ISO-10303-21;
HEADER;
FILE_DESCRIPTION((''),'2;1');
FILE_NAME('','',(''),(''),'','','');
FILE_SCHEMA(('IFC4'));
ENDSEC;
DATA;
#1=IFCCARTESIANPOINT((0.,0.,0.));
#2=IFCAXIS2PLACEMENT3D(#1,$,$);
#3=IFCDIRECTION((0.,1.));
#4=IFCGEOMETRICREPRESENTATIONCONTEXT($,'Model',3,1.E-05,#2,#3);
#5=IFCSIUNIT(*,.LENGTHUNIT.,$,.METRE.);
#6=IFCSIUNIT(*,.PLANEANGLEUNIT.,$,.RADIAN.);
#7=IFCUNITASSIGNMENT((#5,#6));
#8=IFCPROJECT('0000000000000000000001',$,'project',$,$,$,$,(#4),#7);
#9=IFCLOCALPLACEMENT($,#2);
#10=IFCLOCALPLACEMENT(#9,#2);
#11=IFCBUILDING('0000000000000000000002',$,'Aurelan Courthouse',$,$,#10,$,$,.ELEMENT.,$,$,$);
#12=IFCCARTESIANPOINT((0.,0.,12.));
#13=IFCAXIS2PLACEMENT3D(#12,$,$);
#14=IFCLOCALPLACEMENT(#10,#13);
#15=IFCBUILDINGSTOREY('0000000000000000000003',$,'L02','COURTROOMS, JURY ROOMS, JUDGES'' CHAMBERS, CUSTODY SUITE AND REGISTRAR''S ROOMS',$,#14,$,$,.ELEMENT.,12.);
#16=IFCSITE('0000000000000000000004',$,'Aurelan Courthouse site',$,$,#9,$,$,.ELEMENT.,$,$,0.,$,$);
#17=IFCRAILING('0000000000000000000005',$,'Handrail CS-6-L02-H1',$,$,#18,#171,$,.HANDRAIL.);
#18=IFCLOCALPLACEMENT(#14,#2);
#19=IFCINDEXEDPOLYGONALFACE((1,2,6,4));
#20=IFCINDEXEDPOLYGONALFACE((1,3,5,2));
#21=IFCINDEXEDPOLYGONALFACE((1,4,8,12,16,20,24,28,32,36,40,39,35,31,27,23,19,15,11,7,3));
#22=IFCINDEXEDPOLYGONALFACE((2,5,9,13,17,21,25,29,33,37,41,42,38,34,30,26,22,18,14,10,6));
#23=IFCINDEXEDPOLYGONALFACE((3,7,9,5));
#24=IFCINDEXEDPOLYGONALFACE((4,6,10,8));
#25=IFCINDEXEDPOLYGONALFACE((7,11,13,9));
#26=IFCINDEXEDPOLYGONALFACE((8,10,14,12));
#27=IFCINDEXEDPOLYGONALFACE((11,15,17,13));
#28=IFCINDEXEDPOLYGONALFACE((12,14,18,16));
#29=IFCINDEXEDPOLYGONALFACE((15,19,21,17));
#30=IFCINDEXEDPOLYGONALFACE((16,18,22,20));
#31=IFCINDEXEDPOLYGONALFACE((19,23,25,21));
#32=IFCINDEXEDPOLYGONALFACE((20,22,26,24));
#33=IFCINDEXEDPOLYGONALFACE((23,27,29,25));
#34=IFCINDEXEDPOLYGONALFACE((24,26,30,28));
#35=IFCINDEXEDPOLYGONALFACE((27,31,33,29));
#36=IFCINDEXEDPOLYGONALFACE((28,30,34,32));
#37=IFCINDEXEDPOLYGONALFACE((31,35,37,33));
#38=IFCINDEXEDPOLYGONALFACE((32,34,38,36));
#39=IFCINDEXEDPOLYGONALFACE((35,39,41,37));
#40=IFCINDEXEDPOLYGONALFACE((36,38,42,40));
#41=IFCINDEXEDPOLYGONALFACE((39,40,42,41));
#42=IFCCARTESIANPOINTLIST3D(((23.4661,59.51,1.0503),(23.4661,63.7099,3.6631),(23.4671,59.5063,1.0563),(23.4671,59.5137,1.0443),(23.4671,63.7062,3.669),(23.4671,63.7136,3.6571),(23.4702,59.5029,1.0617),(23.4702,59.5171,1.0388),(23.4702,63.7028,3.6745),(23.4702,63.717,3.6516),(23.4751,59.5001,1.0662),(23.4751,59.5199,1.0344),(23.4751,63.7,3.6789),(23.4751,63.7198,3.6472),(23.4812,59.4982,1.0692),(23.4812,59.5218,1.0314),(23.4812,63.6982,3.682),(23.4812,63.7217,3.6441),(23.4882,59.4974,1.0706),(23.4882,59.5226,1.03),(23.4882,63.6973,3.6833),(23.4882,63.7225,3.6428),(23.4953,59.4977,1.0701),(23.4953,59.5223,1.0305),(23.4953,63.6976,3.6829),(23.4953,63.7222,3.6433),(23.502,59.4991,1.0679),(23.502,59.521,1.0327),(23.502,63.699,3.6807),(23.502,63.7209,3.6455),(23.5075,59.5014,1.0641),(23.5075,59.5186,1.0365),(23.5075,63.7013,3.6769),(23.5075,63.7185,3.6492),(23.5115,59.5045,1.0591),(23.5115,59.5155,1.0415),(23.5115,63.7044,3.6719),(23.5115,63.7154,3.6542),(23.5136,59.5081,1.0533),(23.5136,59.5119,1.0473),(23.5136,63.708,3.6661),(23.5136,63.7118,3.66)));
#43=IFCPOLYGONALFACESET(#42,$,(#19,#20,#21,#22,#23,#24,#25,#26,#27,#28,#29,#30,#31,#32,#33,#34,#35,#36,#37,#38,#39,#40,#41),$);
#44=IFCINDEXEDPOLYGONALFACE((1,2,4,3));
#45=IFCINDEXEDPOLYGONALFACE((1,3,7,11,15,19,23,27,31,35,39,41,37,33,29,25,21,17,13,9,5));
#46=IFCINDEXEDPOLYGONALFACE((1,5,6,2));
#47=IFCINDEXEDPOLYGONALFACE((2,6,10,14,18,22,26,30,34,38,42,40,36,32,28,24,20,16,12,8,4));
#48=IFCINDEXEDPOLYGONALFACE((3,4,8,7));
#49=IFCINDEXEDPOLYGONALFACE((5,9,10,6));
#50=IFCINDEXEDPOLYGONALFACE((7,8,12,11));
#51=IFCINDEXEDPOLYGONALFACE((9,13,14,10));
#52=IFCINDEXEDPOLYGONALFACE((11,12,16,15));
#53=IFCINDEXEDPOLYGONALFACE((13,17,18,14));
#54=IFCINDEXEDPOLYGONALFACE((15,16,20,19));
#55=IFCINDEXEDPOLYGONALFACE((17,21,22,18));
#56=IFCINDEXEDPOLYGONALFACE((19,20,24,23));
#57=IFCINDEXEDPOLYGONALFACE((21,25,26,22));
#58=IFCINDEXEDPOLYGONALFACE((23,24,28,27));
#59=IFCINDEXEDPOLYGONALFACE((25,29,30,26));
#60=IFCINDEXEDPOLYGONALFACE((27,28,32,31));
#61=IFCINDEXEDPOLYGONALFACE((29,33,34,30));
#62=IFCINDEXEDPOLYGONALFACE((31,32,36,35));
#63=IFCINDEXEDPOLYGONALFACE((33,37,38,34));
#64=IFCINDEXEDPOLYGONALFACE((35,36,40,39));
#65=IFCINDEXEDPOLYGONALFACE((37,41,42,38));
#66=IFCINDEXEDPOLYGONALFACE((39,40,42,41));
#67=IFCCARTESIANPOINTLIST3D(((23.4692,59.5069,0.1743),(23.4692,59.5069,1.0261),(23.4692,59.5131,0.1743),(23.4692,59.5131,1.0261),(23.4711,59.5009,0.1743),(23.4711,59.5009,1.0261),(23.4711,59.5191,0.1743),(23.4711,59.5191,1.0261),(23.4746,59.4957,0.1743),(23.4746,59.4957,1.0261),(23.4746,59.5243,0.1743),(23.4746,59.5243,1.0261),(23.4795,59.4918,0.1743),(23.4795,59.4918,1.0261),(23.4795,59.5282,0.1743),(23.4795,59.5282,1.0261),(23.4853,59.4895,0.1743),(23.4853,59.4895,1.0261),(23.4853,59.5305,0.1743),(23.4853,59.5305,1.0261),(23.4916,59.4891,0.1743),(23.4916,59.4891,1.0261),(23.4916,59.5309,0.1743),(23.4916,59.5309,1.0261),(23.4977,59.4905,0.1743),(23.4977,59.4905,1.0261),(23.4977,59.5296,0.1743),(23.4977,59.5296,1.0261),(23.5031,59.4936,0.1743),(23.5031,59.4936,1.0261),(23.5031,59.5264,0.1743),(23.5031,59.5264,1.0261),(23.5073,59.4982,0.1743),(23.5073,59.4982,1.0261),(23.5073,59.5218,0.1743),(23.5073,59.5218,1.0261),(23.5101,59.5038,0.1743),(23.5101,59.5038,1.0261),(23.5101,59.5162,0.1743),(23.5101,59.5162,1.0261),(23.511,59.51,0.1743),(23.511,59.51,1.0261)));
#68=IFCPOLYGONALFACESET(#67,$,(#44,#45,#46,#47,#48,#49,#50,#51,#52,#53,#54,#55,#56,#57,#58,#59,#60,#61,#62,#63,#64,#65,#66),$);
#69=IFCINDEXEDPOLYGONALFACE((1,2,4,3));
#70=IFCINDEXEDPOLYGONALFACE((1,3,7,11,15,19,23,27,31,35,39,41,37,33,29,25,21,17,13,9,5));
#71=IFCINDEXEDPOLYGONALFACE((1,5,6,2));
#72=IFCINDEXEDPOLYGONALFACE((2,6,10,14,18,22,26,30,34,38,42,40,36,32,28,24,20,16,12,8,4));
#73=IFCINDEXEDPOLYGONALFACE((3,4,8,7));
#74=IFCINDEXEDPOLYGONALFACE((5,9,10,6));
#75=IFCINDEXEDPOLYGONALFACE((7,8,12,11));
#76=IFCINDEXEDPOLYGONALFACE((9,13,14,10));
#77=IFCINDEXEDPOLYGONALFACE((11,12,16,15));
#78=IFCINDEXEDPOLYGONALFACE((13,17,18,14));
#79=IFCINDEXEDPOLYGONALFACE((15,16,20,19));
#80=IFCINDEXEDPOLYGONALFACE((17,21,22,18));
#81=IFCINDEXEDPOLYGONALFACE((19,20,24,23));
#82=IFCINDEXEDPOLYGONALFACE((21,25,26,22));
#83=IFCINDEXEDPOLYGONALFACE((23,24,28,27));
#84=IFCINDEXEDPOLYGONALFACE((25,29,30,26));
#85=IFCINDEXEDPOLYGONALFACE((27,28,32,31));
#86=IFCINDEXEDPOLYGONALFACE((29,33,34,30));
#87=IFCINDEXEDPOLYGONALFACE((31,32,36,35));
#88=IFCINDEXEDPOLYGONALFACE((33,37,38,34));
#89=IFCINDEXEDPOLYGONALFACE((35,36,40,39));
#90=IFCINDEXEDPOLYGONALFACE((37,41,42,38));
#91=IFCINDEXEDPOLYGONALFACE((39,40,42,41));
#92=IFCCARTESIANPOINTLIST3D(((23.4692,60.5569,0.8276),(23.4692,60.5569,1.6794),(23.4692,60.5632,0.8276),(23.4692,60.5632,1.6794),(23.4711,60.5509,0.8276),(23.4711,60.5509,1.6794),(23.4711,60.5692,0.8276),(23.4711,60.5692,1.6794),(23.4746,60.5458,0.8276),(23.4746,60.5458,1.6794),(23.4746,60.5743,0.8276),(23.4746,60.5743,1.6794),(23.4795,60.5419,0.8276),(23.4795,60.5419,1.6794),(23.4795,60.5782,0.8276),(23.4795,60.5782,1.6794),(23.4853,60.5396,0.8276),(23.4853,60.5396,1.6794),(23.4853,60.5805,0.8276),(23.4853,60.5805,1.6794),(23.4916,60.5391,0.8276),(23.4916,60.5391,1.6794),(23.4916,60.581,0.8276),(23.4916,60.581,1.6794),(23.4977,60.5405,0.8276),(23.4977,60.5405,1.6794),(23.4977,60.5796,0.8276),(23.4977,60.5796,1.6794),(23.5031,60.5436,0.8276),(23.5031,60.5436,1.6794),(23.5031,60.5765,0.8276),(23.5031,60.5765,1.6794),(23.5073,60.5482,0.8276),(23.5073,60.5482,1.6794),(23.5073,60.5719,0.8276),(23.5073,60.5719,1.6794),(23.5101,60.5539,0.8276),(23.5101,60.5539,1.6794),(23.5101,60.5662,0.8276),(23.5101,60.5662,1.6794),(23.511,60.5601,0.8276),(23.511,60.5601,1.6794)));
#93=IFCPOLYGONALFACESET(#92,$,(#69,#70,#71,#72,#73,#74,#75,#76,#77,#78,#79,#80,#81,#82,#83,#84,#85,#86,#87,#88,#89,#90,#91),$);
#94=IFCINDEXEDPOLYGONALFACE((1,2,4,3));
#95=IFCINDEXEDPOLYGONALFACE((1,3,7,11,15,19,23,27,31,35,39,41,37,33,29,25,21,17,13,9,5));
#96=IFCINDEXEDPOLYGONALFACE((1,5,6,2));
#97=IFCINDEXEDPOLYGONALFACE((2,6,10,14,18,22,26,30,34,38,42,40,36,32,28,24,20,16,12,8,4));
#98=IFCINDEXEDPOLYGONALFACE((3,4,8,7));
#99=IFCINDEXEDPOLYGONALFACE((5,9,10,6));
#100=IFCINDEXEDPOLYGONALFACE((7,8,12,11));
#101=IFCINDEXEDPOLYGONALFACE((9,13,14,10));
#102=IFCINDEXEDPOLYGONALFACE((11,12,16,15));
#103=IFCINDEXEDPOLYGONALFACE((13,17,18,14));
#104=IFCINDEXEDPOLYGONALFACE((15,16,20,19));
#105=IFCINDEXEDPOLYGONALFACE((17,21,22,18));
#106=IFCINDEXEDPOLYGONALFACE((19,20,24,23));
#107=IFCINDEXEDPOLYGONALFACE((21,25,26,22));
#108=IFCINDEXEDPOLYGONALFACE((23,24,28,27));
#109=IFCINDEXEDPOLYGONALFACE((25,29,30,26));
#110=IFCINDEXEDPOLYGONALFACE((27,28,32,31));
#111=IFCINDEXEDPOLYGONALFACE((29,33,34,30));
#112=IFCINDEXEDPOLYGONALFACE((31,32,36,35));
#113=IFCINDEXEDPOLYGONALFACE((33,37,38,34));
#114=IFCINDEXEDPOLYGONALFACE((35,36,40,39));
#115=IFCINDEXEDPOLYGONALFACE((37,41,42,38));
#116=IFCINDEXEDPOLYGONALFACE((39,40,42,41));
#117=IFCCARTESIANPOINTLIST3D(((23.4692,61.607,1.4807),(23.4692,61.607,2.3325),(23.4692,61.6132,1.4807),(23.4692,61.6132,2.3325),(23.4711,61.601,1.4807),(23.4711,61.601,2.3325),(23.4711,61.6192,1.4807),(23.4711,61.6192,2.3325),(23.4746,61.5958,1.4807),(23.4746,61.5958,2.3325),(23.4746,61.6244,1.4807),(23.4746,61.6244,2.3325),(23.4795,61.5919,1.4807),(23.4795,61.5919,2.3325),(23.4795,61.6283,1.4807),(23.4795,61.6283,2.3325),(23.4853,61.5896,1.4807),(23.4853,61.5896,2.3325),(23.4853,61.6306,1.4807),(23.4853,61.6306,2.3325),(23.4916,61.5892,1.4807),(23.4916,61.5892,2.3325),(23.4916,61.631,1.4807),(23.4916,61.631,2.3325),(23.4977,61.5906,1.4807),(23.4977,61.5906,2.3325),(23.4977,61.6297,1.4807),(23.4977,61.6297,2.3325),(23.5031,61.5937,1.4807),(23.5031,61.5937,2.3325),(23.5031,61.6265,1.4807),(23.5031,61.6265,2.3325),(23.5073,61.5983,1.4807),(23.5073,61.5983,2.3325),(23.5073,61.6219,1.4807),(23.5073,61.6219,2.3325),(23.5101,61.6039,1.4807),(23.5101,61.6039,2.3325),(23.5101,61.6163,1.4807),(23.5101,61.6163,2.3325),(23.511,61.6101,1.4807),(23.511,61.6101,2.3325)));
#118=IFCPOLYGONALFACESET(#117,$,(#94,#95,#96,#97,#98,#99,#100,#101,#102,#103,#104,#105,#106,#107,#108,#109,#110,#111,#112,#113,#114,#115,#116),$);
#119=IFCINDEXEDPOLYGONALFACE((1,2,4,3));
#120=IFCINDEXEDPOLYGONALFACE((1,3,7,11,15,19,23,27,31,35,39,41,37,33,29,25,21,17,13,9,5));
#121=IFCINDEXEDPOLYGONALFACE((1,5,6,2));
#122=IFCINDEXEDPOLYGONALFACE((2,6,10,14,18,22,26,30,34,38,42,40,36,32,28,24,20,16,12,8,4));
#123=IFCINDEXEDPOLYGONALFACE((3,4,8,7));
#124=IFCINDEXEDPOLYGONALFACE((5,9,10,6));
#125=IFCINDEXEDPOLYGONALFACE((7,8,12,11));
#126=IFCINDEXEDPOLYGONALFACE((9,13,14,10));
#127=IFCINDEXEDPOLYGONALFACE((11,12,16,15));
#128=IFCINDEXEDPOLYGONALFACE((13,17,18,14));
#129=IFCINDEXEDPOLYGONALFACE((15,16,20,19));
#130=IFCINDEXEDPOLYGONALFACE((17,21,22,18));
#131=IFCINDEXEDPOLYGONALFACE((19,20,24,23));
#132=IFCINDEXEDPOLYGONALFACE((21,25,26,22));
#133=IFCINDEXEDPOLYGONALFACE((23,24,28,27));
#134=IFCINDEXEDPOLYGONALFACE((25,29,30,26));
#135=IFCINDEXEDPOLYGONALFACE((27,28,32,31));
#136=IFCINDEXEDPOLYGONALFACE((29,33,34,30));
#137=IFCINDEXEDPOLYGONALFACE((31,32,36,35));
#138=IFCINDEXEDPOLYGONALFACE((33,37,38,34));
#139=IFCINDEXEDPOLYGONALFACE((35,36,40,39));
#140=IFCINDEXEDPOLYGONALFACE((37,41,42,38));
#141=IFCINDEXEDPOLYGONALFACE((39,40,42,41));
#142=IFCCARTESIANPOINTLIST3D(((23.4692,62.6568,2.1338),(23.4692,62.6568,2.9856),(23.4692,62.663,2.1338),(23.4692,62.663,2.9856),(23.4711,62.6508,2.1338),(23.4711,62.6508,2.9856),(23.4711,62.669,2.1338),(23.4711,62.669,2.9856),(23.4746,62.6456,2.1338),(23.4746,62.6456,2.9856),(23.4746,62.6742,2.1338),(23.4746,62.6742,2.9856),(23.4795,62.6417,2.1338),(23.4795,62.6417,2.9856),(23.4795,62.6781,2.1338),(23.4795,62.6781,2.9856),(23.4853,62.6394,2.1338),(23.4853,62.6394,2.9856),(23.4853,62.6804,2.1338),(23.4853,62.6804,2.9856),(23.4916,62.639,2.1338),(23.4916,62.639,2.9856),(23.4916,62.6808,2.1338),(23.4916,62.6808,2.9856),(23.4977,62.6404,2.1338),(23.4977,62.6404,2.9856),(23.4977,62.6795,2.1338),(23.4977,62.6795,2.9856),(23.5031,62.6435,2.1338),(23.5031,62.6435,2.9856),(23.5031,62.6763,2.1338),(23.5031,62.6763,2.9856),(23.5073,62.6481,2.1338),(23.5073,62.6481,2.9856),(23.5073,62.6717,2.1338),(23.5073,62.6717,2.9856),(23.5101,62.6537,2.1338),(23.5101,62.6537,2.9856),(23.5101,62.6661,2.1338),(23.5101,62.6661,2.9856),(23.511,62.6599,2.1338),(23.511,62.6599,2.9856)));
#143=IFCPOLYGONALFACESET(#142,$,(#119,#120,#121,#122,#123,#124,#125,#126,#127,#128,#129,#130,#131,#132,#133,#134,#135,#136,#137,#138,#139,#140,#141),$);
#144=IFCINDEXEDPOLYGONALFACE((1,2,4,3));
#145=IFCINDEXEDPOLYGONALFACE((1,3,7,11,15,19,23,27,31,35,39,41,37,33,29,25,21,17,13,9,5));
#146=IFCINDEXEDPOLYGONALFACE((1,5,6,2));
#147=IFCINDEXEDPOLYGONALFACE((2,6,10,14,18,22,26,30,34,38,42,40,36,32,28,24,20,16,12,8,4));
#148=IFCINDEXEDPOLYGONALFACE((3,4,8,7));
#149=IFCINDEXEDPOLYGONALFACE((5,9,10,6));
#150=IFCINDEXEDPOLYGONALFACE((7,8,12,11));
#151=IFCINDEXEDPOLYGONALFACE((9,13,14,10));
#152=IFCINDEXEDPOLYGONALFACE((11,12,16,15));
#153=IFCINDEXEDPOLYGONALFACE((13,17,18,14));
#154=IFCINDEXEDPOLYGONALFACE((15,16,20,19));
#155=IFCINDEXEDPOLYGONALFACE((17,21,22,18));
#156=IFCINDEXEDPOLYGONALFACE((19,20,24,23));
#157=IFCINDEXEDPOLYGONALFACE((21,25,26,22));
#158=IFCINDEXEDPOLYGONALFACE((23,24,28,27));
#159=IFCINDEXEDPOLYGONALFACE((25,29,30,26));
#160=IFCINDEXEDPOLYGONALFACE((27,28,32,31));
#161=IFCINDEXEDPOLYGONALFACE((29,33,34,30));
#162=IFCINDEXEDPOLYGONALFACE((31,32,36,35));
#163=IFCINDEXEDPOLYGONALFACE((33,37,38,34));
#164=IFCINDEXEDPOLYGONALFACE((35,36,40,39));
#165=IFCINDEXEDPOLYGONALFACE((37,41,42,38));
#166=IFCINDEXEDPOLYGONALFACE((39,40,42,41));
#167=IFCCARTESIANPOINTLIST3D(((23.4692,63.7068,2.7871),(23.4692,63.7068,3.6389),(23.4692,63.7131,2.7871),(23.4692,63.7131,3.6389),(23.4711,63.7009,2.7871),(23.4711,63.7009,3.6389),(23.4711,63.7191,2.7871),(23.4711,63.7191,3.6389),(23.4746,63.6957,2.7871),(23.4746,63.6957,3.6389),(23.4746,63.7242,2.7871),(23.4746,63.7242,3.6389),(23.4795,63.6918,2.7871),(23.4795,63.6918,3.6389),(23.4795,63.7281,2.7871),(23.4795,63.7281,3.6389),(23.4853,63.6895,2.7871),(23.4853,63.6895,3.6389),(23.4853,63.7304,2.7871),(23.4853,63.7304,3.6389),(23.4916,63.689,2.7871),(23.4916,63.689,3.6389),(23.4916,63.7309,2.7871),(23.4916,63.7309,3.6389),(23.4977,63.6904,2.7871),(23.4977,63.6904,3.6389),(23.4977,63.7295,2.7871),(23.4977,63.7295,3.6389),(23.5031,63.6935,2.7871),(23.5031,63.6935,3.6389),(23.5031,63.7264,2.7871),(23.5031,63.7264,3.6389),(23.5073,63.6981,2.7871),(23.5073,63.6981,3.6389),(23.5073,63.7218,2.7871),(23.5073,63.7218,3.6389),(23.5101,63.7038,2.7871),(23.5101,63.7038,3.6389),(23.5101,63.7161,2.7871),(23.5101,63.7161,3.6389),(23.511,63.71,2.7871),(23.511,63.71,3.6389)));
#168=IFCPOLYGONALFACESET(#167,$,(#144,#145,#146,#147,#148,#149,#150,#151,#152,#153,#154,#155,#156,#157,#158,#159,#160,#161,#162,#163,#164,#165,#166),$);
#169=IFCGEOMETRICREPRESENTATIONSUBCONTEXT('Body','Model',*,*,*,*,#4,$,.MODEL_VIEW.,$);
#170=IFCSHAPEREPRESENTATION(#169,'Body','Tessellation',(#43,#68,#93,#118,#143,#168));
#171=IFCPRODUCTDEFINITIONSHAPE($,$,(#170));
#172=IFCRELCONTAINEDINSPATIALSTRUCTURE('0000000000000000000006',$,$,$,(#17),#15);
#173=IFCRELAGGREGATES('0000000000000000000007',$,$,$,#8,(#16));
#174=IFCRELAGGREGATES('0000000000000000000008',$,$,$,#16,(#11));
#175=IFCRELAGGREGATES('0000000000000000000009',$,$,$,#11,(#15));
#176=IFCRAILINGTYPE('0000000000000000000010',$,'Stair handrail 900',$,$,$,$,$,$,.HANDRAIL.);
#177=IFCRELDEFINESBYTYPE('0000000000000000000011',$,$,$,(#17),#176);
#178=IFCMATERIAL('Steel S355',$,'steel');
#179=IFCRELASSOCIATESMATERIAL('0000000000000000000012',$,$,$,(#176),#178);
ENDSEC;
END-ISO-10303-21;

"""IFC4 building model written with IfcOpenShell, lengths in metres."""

from ifc_helpers import new_model, si_unit, direction, frame, origin, origin_2d, place, context, subcontext, project, spatial, circle, extrude, material, type_object, element, save


model = new_model("IFC4")

# Units and contexts
model_context = context("Model", 3, precision=1e-05, world=origin(), true_north=direction((0.0, 1.0)))
body_context = subcontext(model_context, "Body", "Model", "MODEL_VIEW")
ifc_project = project(units=[si_unit("LENGTHUNIT", "METRE"), si_unit("PLANEANGLEUNIT", "RADIAN")], contexts=[model_context])

# Site, building, storey
site_placement = place(None, origin())
site = spatial("IfcSite", under=ifc_project, at=site_placement, Name="Aurelan Courthouse site", CompositionType="ELEMENT", RefElevation=0.0)
building_placement = place(site_placement, origin())
building = spatial("IfcBuilding", under=site, at=building_placement, Name="Aurelan Courthouse", CompositionType="ELEMENT")
storey_placement = place(building_placement, frame((0.0, 0.0, 12.0)))
storey = spatial("IfcBuildingStorey", under=building, at=storey_placement, Name="L02", Description="COURTROOMS, JURY ROOMS, JUDGES' CHAMBERS, CUSTODY SUITE AND REGISTRAR'S ROOMS", CompositionType="ELEMENT", Elevation=12.0)

# Railing
ifc_material_1 = material(Name="Steel S355", Category="steel")
railing_type = type_object("IfcRailingType", Name="Stair handrail 900", PredefinedType="HANDRAIL", material=ifc_material_1)
railing_placement = place(storey_placement, frame((23.49, 59.51, 0.1743)))
element("IfcRailing", 1, at=railing_placement, inside=storey, type_object=railing_type, Name="Handrail CS-6-L02-H1", PredefinedType="HANDRAIL", context=body_context, shape_type="SweptSolid", body=[
    extrude(circle(Radius=0.0239, at=origin_2d()), frame((0.0, 0.0, 0.876), z_axis=(0.0, 0.849103, 0.528228), x_axis=(-1.0, 0.0, 0.0)), (0.0, 0.0, 1.0), 4.9463),
    extrude(circle(Radius=0.021, at=origin_2d()), origin(), (0.0, 0.0, 1.0), 0.8518),
    extrude(circle(Radius=0.021, at=origin_2d()), frame((0.0, 1.05, 0.6533)), (0.0, 0.0, 1.0), 0.8518),
    extrude(circle(Radius=0.021, at=origin_2d()), frame((0.0, 2.1001, 1.3064)), (0.0, 0.0, 1.0), 0.8518),
    extrude(circle(Radius=0.021, at=origin_2d()), frame((0.0, 3.1499, 1.9595)), (0.0, 0.0, 1.0), 0.8518),
    extrude(circle(Radius=0.021, at=origin_2d()), frame((0.0, 4.2, 2.6128)), (0.0, 0.0, 1.0), 0.8518),
])

save(model, "model.ifc")
